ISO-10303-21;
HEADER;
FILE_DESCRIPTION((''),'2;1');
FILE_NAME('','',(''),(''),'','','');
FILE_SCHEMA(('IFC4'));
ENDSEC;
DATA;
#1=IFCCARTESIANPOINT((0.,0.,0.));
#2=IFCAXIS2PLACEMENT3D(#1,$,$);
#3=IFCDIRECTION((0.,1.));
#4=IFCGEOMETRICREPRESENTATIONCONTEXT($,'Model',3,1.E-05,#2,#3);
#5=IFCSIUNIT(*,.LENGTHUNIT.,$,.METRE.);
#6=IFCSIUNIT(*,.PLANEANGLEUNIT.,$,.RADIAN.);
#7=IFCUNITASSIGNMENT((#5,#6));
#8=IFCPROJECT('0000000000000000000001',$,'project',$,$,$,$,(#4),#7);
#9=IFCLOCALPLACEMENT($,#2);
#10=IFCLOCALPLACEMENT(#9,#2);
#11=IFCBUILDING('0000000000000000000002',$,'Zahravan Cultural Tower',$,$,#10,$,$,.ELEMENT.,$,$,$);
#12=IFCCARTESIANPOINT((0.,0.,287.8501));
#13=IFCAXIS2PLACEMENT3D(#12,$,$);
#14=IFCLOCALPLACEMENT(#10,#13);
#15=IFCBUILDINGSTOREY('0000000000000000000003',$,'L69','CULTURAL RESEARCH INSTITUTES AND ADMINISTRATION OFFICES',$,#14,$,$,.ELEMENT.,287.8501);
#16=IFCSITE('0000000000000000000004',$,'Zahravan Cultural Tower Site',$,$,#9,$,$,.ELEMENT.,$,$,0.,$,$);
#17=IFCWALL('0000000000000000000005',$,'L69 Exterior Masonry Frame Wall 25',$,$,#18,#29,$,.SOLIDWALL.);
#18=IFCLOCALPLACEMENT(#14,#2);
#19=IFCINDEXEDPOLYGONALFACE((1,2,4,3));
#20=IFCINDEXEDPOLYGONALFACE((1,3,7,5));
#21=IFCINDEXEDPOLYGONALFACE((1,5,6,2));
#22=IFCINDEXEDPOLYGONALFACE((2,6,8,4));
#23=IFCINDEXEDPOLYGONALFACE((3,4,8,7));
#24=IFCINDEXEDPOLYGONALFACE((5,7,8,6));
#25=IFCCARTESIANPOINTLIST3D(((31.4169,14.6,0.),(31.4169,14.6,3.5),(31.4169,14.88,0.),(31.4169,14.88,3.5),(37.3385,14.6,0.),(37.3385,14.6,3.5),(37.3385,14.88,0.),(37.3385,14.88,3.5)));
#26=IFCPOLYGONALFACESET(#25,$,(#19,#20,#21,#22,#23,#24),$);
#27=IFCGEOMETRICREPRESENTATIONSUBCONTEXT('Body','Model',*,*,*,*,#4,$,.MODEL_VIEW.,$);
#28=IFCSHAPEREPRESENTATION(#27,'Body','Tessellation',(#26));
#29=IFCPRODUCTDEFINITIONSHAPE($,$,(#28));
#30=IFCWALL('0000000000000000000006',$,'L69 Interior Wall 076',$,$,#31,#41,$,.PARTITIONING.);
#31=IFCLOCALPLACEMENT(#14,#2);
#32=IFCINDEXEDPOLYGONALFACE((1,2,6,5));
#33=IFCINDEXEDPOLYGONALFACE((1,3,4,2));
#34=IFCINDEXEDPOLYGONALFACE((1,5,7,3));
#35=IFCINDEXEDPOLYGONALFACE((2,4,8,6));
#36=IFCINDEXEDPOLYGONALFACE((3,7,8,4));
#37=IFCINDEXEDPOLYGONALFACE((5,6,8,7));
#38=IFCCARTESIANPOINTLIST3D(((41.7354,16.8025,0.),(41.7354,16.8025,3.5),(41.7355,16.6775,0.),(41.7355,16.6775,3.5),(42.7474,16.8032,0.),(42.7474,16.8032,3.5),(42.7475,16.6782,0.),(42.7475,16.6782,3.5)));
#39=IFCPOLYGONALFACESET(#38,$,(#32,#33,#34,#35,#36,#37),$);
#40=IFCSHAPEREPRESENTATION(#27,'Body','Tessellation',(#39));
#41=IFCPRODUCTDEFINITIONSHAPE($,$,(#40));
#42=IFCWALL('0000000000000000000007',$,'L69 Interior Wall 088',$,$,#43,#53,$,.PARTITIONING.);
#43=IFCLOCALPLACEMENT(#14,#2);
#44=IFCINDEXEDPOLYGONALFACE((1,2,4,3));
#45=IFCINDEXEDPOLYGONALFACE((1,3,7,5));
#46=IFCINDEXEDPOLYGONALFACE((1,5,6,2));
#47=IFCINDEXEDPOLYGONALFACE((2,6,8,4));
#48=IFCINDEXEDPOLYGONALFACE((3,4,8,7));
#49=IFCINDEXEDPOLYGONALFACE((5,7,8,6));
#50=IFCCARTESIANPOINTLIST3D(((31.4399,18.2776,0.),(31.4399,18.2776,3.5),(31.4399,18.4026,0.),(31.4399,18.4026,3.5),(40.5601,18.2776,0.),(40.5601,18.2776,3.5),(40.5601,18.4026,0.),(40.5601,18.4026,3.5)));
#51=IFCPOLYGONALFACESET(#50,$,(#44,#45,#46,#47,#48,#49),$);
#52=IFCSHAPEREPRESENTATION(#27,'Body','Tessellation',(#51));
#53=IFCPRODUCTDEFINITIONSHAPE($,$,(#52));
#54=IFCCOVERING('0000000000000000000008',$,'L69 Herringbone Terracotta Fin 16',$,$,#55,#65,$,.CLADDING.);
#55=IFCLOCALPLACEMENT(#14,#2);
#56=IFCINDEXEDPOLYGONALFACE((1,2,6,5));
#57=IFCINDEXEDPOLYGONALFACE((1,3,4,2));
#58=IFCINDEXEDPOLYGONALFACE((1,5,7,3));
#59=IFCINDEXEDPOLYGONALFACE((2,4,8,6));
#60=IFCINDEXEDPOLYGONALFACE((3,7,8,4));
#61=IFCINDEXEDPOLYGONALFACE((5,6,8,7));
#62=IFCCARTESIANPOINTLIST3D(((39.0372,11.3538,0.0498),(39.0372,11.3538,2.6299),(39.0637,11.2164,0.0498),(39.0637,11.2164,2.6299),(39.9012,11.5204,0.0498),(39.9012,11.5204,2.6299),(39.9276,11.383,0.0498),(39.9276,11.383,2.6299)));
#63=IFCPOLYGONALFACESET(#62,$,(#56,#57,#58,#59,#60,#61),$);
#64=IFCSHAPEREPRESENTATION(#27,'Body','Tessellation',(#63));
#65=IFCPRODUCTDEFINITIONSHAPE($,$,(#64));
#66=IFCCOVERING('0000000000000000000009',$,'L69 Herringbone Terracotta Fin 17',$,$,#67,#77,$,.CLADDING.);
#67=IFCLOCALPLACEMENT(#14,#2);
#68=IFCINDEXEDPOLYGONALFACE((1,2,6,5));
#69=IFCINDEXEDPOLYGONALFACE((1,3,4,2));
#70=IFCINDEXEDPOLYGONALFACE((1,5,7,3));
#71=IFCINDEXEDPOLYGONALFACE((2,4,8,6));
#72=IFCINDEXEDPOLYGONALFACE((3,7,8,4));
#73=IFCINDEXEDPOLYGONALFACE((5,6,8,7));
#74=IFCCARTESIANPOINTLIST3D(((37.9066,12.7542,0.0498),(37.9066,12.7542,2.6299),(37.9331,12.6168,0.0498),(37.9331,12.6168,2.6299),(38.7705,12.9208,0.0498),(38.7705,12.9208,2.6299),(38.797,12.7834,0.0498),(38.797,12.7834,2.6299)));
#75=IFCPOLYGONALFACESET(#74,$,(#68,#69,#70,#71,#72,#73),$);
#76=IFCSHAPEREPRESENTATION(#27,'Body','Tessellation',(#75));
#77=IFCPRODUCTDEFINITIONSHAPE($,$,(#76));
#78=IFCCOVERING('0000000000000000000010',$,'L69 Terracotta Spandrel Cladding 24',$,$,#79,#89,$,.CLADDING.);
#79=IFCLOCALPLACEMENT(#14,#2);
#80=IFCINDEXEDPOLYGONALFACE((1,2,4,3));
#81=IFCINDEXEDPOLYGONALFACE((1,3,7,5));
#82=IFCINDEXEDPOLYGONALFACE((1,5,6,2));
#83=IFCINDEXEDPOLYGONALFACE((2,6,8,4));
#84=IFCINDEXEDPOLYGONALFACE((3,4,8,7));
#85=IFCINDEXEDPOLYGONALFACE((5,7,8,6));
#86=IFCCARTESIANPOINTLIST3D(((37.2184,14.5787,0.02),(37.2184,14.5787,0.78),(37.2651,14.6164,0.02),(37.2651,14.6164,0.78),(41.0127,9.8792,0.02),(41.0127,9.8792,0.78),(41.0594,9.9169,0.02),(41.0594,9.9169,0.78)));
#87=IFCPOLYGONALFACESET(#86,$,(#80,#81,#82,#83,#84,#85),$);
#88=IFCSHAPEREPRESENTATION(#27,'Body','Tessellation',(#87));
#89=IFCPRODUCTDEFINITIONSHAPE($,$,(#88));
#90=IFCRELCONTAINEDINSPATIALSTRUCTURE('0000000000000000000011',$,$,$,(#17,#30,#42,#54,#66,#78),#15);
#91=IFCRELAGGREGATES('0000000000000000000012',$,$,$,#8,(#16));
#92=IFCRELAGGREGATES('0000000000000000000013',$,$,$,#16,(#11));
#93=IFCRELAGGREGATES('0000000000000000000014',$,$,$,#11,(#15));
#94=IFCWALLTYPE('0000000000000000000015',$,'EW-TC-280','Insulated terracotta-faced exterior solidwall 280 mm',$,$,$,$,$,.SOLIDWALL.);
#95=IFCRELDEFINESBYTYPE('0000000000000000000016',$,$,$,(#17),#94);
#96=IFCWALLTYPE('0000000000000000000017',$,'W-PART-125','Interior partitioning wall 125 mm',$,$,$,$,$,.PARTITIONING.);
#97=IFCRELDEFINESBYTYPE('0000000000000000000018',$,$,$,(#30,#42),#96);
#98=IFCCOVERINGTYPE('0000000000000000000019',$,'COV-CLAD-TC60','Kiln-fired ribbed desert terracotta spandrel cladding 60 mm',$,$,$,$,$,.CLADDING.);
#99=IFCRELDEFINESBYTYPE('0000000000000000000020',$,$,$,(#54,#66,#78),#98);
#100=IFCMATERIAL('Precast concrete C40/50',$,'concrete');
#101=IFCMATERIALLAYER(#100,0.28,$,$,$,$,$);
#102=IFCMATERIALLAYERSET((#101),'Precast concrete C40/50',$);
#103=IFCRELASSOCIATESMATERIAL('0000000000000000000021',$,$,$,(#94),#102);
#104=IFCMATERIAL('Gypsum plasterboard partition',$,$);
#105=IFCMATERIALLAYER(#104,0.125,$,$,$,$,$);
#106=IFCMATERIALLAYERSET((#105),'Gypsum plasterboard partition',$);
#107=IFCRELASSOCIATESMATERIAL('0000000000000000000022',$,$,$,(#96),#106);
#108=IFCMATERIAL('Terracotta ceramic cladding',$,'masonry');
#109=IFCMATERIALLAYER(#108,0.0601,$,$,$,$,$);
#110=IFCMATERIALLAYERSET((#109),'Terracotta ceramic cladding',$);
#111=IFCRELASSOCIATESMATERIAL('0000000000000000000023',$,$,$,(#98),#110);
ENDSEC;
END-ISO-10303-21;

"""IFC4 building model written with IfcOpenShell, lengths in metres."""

from ifc_helpers import new_model, si_unit, direction, frame, frame_2d, origin, origin_2d, place, context, subcontext, project, spatial, rectangle, extrude, source, transform, mapped, material, layer, layer_set, type_object, element, save


model = new_model("IFC4")

# Units and contexts
model_context = context("Model", 3, precision=1e-05, world=origin(), true_north=direction((0.0, 1.0)))
body_context = subcontext(model_context, "Body", "Model", "MODEL_VIEW")
ifc_project = project(units=[si_unit("LENGTHUNIT", "METRE"), si_unit("PLANEANGLEUNIT", "RADIAN")], contexts=[model_context])

# Site, building, storey
site_placement = place(None, origin())
site = spatial("IfcSite", under=ifc_project, at=site_placement, Name="Zahravan Cultural Tower Site", CompositionType="ELEMENT", RefElevation=0.0)
building_placement = place(site_placement, origin())
building = spatial("IfcBuilding", under=site, at=building_placement, Name="Zahravan Cultural Tower", CompositionType="ELEMENT")
storey_placement = place(building_placement, frame((0.0, 0.0, 287.8501)))
storey = spatial("IfcBuildingStorey", under=building, at=storey_placement, Name="L69", Description="CULTURAL RESEARCH INSTITUTES AND ADMINISTRATION OFFICES", CompositionType="ELEMENT", Elevation=287.8501)

# Shared definitions
ifc_material_1 = material(Name="Precast concrete C40/50", Category="concrete")
ifc_layer_1 = layer(ifc_material_1, 0.28)
ifc_layer_set_1 = layer_set([ifc_layer_1], Name="Precast concrete C40/50")
wall_type_1 = type_object("IfcWallType", Name="EW-TC-280", Description="Insulated terracotta-faced exterior solidwall 280 mm", PredefinedType="SOLIDWALL", material=ifc_layer_set_1)

# Walls
shared_shape_1 = source(origin(), body_context, "Body", "SweptSolid", [
    extrude(rectangle(XDim=5.9216, YDim=0.28, at=frame_2d((2.9609, 0.0))), origin(), (0.0, 0.0, 1.0), 3.5),
])
wall_1_placement = place(storey_placement, frame((37.3386, 14.74, 0.0), z_axis=(0.0, 0.0, 1.0), x_axis=(-1.0, 0.0, 0.0)))
element("IfcWall", 1, at=wall_1_placement, inside=storey, type_object=wall_type_1, Name="L69 Exterior Masonry Frame Wall 25", PredefinedType="SOLIDWALL", context=body_context, shape_type="MappedRepresentation", body=[
    mapped(shared_shape_1, transform((0.0, 0.0, 0.0), x_axis=(1.0, 0.0, 0.0), y_axis=(0.0, 1.0, 0.0), z_axis=(0.0, 0.0, 1.0), scale=1.0)),
])
ifc_material_2 = material(Name="Gypsum plasterboard partition")
ifc_layer_2 = layer(ifc_material_2, 0.125)
ifc_layer_set_2 = layer_set([ifc_layer_2], Name="Gypsum plasterboard partition")
wall_type_2 = type_object("IfcWallType", Name="W-PART-125", Description="Interior partitioning wall 125 mm", PredefinedType="PARTITIONING", material=ifc_layer_set_2)
shared_shape_2 = source(origin(), body_context, "Body", "SweptSolid", [
    extrude(rectangle(XDim=1.012, YDim=0.125, at=frame_2d((0.5059, 0.0))), origin(), (0.0, 0.0, 1.0), 3.5),
])
wall_2_placement = place(storey_placement, frame((41.7356, 16.74, 0.0), z_axis=(0.0, 0.0, 1.0), x_axis=(1.0, 0.000724, 0.0)))
element("IfcWall", 2, at=wall_2_placement, inside=storey, type_object=wall_type_2, Name="L69 Interior Wall 076", PredefinedType="PARTITIONING", context=body_context, shape_type="MappedRepresentation", body=[
    mapped(shared_shape_2, transform((0.0, 0.0, 0.0), x_axis=(1.0, 0.0, 0.0), y_axis=(0.0, 1.0, 0.0), z_axis=(0.0, 0.0, 1.0), scale=1.0)),
])
shared_shape_3 = source(origin(), body_context, "Body", "SweptSolid", [
    extrude(rectangle(XDim=9.1201, YDim=0.125, at=frame_2d((4.5601, 0.0))), origin(), (0.0, 0.0, 1.0), 3.5),
])
wall_3_placement = place(storey_placement, frame((40.5601, 18.3401, 0.0), z_axis=(0.0, 0.0, 1.0), x_axis=(-1.0, 0.0, 0.0)))
element("IfcWall", 3, at=wall_3_placement, inside=storey, type_object=wall_type_2, Name="L69 Interior Wall 088", PredefinedType="PARTITIONING", context=body_context, shape_type="MappedRepresentation", body=[
    mapped(shared_shape_3, transform((0.0, 0.0, 0.0), x_axis=(1.0, 0.0, 0.0), y_axis=(0.0, 1.0, 0.0), z_axis=(0.0, 0.0, 1.0), scale=1.0)),
])

# Coverings
ifc_material_3 = material(Name="Terracotta ceramic cladding", Category="masonry")
ifc_layer_3 = layer(ifc_material_3, 0.0601)
ifc_layer_set_3 = layer_set([ifc_layer_3], Name="Terracotta ceramic cladding")
covering_type = type_object("IfcCoveringType", Name="COV-CLAD-TC60", Description="Kiln-fired ribbed desert terracotta spandrel cladding 60 mm", PredefinedType="CLADDING", material=ifc_layer_set_3)
shared_shape_4 = source(origin(), body_context, "Body", "SweptSolid", [
    extrude(rectangle(XDim=0.8799, YDim=0.1399, at=origin_2d()), origin(), (0.0, 0.0, 1.0), 2.5801),
])
for number, where, z_axis, x_axis, name in (
    (4, (39.4824, 11.3684, 0.0498), (0.0, 0.0, 1.0), (-0.981903, -0.189387, 0.0), "L69 Herringbone Terracotta Fin 16"),
    (5, (38.3518, 12.7688, 0.0498), (0.0, 0.0, 1.0), (-0.981903, -0.189387, 0.0), "L69 Herringbone Terracotta Fin 17"),
):
    element("IfcCovering", number, at=place(storey_placement, frame(where, z_axis=z_axis, x_axis=x_axis)), inside=storey, type_object=covering_type, Name=name, PredefinedType="CLADDING", context=body_context, shape_type="MappedRepresentation", body=[
        mapped(shared_shape_4, transform((0.0, 0.0, 0.0), x_axis=(1.0, 0.0, 0.0), y_axis=(0.0, 1.0, 0.0), z_axis=(0.0, 0.0, 1.0), scale=1.0)),
    ])
shared_shape_5 = source(origin(), body_context, "Body", "SweptSolid", [
    extrude(rectangle(XDim=6.04, YDim=0.0601, at=origin_2d()), origin(), (0.0, 0.0, 1.0), 0.76),
])
covering_placement = place(storey_placement, frame((39.1389, 12.2478, 0.02), z_axis=(0.0, 0.0, 1.0), x_axis=(-0.628194, 0.778057, 0.0)))
element("IfcCovering", 6, at=covering_placement, inside=storey, type_object=covering_type, Name="L69 Terracotta Spandrel Cladding 24", PredefinedType="CLADDING", context=body_context, shape_type="MappedRepresentation", body=[
    mapped(shared_shape_5, transform((0.0, 0.0, 0.0), x_axis=(1.0, 0.0, 0.0), y_axis=(0.0, 1.0, 0.0), z_axis=(0.0, 0.0, 1.0), scale=1.0)),
])

save(model, "model.ifc")
